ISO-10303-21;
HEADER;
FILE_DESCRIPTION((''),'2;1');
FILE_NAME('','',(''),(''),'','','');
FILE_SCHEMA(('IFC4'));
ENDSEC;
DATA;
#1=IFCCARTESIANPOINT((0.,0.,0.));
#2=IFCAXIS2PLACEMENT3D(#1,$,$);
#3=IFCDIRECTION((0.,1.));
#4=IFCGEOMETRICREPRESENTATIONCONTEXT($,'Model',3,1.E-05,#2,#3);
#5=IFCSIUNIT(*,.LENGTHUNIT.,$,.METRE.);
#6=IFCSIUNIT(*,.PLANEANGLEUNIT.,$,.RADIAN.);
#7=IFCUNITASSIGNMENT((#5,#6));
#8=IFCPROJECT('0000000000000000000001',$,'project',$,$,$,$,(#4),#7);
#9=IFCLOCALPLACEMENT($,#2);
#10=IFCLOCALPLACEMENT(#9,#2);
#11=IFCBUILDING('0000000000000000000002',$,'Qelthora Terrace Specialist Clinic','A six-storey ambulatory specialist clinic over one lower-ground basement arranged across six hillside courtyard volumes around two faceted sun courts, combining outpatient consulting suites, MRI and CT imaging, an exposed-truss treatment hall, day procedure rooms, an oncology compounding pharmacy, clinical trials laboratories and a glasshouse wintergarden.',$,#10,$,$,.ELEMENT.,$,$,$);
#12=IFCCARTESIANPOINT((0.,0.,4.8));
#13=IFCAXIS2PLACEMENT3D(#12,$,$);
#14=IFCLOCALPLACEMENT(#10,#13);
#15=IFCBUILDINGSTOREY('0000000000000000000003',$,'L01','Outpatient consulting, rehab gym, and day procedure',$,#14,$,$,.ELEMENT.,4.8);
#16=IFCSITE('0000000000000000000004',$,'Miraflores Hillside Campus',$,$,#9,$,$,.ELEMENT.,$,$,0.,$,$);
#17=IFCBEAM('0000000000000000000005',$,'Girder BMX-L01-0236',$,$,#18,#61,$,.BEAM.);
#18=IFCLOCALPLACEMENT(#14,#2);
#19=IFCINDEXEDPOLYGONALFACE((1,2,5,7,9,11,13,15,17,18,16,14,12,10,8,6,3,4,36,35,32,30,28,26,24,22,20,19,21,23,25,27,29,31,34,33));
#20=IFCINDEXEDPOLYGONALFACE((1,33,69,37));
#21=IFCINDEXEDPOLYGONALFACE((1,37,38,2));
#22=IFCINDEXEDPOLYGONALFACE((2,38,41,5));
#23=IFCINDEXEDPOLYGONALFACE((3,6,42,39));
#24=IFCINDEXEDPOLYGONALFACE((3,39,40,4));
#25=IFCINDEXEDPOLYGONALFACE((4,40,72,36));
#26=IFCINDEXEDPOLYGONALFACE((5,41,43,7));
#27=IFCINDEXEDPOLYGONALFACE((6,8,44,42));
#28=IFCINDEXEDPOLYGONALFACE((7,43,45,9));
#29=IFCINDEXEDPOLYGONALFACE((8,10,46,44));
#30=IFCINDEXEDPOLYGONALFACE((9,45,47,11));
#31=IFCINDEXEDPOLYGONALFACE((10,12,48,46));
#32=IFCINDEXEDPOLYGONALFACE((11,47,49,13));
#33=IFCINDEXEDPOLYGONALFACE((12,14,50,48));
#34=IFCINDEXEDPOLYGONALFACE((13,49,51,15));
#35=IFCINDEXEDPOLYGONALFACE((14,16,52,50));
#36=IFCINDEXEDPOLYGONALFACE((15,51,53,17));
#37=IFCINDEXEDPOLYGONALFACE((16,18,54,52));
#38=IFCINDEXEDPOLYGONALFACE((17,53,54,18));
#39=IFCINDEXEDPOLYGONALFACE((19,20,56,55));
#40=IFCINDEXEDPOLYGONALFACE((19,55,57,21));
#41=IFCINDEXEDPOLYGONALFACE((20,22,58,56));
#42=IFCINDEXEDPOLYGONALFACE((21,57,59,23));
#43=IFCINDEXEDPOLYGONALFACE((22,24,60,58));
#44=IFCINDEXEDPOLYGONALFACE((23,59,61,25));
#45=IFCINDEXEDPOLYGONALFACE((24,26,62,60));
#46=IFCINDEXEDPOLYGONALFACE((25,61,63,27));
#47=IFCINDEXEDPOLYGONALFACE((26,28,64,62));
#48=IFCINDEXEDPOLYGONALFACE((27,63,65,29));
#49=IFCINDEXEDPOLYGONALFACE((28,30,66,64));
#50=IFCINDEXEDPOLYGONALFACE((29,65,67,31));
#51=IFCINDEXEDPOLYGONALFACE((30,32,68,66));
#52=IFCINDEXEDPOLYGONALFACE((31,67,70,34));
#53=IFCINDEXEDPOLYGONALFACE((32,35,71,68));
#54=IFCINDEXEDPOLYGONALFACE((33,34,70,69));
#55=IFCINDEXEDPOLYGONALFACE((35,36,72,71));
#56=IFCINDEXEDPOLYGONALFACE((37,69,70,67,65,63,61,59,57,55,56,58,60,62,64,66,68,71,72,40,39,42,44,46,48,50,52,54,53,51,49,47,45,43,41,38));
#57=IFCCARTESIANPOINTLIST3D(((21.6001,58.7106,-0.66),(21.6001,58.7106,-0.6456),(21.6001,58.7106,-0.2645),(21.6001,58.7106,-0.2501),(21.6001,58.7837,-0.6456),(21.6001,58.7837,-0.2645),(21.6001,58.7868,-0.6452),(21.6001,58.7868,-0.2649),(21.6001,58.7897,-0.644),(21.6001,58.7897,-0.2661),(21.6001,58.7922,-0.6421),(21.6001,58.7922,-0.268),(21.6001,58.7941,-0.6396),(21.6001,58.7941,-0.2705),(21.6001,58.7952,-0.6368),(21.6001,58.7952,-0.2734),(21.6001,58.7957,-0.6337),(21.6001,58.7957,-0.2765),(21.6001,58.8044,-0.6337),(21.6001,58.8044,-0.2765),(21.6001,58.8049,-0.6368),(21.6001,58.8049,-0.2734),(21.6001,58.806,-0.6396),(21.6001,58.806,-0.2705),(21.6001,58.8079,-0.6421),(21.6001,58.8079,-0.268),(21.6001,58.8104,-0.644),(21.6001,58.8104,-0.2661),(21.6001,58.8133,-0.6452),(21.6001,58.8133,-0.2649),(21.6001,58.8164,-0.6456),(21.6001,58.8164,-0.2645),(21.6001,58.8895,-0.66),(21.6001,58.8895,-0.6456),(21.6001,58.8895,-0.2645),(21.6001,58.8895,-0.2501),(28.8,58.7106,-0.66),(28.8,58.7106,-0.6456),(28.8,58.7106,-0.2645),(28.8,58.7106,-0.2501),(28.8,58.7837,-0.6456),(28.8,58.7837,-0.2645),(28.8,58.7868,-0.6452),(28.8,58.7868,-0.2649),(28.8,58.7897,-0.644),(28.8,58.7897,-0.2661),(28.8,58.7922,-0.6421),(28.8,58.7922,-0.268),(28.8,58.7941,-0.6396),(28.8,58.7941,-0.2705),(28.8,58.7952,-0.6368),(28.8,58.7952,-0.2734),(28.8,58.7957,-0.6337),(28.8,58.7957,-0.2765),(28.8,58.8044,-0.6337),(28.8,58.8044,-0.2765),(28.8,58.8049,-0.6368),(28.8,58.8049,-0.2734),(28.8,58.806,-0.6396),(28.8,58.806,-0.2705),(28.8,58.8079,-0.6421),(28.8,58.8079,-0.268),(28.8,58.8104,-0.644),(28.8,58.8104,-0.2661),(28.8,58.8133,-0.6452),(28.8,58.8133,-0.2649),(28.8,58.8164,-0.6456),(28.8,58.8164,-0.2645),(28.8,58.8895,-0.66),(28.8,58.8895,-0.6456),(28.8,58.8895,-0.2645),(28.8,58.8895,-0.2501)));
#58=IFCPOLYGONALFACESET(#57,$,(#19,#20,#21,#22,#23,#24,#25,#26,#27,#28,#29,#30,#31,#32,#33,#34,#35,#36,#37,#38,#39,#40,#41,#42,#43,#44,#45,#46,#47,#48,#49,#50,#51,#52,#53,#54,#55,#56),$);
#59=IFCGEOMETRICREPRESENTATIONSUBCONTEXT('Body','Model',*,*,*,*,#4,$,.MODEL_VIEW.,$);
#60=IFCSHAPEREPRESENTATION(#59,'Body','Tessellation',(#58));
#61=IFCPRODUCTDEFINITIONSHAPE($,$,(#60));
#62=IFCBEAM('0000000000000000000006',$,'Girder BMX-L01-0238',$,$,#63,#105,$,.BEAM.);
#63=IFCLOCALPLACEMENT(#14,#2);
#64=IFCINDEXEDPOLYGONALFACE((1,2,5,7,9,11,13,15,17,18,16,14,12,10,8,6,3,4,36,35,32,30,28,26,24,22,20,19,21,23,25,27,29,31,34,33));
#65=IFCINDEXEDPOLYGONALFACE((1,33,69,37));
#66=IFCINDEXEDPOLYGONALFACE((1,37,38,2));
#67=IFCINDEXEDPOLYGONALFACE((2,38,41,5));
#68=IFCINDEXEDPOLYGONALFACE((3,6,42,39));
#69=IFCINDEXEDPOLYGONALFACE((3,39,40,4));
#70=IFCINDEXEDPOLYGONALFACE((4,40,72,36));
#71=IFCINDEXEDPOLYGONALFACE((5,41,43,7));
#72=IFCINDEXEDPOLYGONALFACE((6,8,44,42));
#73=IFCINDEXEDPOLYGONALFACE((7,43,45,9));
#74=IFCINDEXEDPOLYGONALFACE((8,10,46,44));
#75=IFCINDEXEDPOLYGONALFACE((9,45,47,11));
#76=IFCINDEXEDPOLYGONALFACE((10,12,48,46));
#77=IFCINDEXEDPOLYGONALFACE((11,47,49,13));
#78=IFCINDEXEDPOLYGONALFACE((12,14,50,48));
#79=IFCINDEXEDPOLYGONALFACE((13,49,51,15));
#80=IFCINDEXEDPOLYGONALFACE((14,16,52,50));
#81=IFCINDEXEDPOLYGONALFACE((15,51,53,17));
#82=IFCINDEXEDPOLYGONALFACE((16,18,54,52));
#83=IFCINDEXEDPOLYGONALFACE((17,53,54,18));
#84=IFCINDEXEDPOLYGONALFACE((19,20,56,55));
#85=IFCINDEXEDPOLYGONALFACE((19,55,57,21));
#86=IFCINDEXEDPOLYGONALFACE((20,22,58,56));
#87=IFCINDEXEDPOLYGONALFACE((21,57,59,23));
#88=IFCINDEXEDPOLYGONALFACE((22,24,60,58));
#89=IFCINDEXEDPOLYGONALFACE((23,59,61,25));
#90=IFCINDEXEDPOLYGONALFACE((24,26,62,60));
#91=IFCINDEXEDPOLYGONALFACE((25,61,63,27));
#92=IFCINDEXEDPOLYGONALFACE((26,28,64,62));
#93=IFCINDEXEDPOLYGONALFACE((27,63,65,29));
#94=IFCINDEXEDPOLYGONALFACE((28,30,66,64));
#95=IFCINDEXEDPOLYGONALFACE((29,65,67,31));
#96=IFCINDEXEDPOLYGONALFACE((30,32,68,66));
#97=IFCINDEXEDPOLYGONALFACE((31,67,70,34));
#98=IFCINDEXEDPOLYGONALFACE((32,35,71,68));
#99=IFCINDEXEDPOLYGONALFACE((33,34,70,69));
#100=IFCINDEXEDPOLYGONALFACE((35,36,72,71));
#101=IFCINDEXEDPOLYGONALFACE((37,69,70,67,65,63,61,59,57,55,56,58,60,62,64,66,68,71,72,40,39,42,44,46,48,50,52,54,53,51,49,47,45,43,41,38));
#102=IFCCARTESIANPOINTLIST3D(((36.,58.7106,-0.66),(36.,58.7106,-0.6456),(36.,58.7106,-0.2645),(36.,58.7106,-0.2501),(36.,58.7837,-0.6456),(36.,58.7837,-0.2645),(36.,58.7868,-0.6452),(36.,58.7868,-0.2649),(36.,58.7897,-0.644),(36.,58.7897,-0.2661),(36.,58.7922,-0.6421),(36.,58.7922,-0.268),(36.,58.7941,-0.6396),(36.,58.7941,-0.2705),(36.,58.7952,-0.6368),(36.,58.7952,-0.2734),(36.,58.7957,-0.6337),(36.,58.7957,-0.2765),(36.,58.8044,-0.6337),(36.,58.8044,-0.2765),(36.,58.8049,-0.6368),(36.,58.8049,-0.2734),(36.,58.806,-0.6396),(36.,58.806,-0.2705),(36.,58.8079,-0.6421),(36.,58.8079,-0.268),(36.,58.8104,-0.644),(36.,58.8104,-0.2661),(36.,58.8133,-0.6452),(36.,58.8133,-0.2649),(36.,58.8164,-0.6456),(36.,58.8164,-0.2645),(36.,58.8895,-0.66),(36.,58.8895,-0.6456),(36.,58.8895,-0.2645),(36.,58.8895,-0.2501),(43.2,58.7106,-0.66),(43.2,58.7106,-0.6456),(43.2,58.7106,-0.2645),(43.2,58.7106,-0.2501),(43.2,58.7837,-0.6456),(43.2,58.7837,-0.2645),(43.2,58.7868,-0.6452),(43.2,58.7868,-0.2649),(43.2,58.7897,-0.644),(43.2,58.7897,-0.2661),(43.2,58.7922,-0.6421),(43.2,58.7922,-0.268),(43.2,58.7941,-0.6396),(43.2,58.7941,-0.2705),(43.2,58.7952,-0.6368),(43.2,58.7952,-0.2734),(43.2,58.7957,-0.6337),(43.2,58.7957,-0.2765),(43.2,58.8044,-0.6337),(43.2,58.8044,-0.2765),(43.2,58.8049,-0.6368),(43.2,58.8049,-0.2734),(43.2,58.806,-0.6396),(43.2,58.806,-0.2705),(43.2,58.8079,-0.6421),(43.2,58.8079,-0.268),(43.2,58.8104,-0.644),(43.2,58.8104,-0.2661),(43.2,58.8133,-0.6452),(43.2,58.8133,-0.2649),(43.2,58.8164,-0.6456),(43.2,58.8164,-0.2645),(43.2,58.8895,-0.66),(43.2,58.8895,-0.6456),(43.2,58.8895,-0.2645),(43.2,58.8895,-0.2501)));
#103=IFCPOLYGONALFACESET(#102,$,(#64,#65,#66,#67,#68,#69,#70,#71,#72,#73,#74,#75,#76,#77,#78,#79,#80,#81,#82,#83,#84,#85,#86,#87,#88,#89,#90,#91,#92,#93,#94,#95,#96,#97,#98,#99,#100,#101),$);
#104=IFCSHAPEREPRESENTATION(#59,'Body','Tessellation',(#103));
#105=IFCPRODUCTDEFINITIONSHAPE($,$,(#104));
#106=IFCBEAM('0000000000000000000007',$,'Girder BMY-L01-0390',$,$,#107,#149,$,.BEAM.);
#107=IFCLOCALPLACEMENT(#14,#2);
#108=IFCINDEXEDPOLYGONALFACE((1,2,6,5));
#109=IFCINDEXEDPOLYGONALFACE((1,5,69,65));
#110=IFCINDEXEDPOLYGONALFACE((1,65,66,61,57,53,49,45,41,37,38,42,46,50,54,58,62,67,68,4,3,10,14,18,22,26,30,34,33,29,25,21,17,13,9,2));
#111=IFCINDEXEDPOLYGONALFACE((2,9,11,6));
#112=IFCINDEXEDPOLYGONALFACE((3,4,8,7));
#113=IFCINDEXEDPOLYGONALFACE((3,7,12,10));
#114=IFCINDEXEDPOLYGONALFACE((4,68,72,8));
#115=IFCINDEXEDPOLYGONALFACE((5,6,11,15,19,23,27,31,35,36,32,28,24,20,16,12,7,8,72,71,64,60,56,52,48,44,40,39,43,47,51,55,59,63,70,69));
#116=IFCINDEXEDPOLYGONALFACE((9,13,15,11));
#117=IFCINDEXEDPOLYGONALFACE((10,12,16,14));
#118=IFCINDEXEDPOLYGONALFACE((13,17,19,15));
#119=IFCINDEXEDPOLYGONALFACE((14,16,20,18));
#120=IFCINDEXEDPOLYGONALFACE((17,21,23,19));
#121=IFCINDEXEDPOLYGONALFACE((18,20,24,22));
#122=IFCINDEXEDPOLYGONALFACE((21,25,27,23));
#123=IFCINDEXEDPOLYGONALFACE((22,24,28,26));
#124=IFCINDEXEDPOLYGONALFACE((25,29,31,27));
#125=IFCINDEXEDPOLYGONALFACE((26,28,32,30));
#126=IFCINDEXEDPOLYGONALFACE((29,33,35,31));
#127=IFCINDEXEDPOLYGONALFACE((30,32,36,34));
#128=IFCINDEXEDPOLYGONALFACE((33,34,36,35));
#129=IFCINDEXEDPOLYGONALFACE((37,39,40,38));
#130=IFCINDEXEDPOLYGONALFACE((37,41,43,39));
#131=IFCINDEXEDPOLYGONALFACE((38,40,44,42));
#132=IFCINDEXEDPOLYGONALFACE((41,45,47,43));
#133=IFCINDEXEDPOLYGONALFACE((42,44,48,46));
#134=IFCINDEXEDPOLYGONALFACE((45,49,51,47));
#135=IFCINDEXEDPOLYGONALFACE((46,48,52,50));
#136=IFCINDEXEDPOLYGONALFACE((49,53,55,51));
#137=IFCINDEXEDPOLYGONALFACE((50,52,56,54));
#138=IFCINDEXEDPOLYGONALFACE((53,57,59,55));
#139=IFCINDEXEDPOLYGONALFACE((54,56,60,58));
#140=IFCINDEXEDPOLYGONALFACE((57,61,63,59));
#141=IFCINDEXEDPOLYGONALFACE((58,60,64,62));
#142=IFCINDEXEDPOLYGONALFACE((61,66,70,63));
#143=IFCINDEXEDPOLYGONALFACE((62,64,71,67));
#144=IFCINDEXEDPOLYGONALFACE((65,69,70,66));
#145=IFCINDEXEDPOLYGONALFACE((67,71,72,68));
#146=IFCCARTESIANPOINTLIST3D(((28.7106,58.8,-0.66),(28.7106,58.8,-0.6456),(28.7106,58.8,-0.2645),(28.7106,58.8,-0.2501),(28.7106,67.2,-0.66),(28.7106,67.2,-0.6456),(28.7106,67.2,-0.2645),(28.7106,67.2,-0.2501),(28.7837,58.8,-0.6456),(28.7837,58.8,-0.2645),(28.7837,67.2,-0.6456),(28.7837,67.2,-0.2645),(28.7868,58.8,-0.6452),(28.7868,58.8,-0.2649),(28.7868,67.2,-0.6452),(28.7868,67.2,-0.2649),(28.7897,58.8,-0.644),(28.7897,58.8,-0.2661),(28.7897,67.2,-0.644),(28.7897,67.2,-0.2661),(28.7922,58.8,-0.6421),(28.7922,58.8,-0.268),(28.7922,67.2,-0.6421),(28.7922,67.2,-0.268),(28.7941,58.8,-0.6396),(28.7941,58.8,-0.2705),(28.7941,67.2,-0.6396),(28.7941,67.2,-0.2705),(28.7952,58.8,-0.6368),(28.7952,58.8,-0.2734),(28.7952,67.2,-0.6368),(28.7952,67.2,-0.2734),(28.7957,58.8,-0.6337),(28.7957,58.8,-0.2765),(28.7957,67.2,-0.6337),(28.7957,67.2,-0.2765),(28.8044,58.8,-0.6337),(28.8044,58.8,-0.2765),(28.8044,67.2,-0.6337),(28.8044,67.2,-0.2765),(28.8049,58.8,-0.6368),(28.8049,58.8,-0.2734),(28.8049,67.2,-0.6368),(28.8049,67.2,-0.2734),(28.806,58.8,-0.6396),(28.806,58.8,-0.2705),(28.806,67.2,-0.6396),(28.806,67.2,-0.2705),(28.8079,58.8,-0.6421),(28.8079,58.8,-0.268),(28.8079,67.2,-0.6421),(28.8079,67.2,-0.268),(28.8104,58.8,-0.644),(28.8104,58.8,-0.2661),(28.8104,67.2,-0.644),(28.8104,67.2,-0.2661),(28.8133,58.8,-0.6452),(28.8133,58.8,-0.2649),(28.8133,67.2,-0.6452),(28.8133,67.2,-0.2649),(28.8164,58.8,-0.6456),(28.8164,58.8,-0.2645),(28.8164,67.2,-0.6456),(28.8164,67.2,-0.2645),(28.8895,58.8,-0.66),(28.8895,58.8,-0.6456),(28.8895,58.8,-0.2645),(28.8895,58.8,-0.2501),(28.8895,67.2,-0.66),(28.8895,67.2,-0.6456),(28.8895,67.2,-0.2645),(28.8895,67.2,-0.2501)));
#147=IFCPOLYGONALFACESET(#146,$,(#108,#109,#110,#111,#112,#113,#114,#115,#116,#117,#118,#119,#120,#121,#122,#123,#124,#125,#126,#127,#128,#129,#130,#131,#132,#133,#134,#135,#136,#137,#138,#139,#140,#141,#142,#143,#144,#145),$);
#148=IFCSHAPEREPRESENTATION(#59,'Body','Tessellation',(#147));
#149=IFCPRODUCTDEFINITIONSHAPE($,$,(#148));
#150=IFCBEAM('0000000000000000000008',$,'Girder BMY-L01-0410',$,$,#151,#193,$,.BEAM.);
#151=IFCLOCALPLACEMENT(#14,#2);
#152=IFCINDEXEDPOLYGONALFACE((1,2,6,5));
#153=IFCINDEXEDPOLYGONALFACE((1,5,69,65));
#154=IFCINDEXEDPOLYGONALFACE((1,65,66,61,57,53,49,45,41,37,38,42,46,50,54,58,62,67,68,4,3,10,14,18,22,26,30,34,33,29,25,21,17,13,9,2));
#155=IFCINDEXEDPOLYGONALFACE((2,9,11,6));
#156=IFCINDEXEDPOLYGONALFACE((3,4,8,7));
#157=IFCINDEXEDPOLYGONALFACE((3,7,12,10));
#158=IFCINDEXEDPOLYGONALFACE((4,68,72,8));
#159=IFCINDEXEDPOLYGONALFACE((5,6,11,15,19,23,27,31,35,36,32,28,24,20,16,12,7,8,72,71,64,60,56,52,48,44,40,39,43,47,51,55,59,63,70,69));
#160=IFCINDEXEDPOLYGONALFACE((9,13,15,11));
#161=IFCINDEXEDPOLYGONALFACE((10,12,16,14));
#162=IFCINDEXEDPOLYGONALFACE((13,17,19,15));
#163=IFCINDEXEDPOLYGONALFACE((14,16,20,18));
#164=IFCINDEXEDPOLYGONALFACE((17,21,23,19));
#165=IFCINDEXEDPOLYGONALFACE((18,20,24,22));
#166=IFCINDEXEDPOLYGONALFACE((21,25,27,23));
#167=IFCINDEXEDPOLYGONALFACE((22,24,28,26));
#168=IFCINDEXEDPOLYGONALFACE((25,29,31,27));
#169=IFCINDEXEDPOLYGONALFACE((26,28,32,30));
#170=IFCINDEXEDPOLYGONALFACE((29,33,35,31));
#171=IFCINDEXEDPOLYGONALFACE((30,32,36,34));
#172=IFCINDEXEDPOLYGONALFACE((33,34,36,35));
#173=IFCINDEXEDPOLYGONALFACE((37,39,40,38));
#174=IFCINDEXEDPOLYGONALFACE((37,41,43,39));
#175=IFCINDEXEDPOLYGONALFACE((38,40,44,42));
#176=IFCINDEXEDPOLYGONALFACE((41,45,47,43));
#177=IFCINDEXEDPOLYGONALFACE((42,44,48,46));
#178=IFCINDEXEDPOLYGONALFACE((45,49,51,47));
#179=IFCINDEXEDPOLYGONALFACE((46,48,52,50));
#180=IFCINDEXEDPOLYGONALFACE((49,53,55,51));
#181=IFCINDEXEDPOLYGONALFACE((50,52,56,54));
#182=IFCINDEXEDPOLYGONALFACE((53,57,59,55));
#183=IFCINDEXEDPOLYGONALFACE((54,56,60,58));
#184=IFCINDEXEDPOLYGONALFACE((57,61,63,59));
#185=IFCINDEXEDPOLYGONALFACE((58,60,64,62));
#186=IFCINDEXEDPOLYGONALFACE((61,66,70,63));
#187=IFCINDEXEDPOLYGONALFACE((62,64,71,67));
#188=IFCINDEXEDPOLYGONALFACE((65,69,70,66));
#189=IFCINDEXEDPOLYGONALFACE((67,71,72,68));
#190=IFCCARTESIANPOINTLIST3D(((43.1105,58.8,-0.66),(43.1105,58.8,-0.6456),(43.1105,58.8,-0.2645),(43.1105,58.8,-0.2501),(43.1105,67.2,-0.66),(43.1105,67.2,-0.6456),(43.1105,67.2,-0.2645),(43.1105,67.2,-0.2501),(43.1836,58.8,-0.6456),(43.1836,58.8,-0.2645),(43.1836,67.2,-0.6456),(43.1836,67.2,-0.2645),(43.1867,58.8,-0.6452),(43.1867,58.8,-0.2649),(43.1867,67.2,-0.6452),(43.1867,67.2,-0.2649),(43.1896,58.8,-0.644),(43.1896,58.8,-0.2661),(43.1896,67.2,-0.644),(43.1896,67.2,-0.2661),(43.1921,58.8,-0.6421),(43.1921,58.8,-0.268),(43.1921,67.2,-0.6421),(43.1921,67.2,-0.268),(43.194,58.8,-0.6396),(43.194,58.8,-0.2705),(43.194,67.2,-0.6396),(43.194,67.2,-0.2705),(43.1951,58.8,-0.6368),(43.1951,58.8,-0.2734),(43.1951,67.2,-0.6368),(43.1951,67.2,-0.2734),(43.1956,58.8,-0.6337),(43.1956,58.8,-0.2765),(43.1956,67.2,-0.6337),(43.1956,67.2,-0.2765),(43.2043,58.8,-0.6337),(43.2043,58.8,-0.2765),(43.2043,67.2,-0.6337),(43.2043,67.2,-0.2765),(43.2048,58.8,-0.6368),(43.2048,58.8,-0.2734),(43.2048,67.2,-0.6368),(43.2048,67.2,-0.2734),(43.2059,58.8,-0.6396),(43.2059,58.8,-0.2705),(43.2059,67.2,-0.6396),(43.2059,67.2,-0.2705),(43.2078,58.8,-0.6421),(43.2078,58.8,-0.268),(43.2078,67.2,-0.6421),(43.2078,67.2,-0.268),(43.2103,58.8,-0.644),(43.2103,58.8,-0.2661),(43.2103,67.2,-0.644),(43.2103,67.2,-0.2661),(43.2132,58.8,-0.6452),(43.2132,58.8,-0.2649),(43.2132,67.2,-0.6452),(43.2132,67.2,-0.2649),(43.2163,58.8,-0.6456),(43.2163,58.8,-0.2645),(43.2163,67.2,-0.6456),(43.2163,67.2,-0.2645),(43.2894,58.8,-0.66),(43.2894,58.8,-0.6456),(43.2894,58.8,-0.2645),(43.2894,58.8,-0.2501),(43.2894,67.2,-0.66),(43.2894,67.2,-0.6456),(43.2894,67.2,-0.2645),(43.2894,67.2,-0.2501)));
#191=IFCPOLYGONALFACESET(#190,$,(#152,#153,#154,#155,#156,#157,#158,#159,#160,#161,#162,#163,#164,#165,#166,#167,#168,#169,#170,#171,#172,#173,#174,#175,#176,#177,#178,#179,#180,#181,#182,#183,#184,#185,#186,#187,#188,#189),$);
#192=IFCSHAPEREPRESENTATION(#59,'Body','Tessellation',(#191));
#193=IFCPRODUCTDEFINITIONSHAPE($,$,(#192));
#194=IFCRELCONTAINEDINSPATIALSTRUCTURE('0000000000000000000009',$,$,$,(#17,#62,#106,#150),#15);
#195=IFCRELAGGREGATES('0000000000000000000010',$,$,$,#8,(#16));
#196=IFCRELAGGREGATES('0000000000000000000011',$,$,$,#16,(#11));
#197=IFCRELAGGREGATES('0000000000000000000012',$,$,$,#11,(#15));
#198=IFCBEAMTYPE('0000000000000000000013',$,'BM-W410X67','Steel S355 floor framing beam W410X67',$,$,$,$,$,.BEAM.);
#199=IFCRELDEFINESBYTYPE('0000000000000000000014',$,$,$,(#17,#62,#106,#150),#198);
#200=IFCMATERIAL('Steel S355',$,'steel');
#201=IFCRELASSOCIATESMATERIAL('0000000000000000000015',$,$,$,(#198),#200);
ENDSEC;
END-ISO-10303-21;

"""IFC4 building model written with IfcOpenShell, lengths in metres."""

from ifc_helpers import new_model, si_unit, direction, frame, origin, origin_2d, place, context, subcontext, project, spatial, i_section, extrude, material, material_profile, profile_set, type_object, element, save


model = new_model("IFC4")

# Units and contexts
model_context = context("Model", 3, precision=1e-05, world=origin(), true_north=direction((0.0, 1.0)))
body_context = subcontext(model_context, "Body", "Model", "MODEL_VIEW")
ifc_project = project(units=[si_unit("LENGTHUNIT", "METRE"), si_unit("PLANEANGLEUNIT", "RADIAN")], contexts=[model_context])

# Site, building, storey
site_placement = place(None, origin())
site = spatial("IfcSite", under=ifc_project, at=site_placement, Name="Miraflores Hillside Campus", CompositionType="ELEMENT", RefElevation=0.0)
building_placement = place(site_placement, origin())
building = spatial("IfcBuilding", under=site, at=building_placement, Name="Qelthora Terrace Specialist Clinic", Description="A six-storey ambulatory specialist clinic over one lower-ground basement arranged across six hillside courtyard volumes around two faceted sun courts, combining outpatient consulting suites, MRI and CT imaging, an exposed-truss treatment hall, day procedure rooms, an oncology compounding pharmacy, clinical trials laboratories and a glasshouse wintergarden.", CompositionType="ELEMENT")
storey_placement = place(building_placement, frame((0.0, 0.0, 4.8)))
storey = spatial("IfcBuildingStorey", under=building, at=storey_placement, Name="L01", Description="Outpatient consulting, rehab gym, and day procedure", CompositionType="ELEMENT", Elevation=4.8)

# Shared definitions
ifc_material_1 = material(Name="Steel S355", Category="steel")

# Beams
ifc_material_profile_1 = material_profile(ifc_material_1, i_section(OverallWidth=0.179, OverallDepth=0.4099, WebThickness=0.0088, FlangeThickness=0.0144, FilletRadius=0.012, at=origin_2d()), Name="W410X67")
ifc_profile_set_1 = profile_set([ifc_material_profile_1], Name="Steel S355")
beam_type_1 = type_object("IfcBeamType", Name="BM-W410X67", Description="Steel S355 floor framing beam W410X67", PredefinedType="BEAM", material=ifc_profile_set_1)
for number, where, z_axis, x_axis, name in (
    (1, (21.6001, 58.8, -0.4551), (1.0, 0.0, 0.0), (0.0, 1.0, 0.0), "Girder BMX-L01-0236"),
    (2, (36.0, 58.8, -0.4551), (1.0, 0.0, 0.0), (0.0, 1.0, 0.0), "Girder BMX-L01-0238"),
):
    element("IfcBeam", number, at=place(storey_placement, frame(where, z_axis=z_axis, x_axis=x_axis)), inside=storey, type_object=beam_type_1, Name=name, PredefinedType="BEAM", context=body_context, shape_type="SweptSolid", body=[
        extrude(i_section(OverallWidth=0.179, OverallDepth=0.4099, WebThickness=0.0088, FlangeThickness=0.0144, FilletRadius=0.012, at=origin_2d()), origin(), (0.0, 0.0, 1.0), 7.2),
    ])
for number, where, z_axis, x_axis, name in (
    (3, (28.8, 58.8, -0.4551), (0.0, 1.0, 0.0), (-1.0, 0.0, 0.0), "Girder BMY-L01-0390"),
    (4, (43.2, 58.8, -0.4551), (0.0, 1.0, 0.0), (-1.0, 0.0, 0.0), "Girder BMY-L01-0410"),
):
    element("IfcBeam", number, at=place(storey_placement, frame(where, z_axis=z_axis, x_axis=x_axis)), inside=storey, type_object=beam_type_1, Name=name, PredefinedType="BEAM", context=body_context, shape_type="SweptSolid", body=[
        extrude(i_section(OverallWidth=0.179, OverallDepth=0.4099, WebThickness=0.0088, FlangeThickness=0.0144, FilletRadius=0.012, at=origin_2d()), origin(), (0.0, 0.0, 1.0), 8.3999),
    ])

save(model, "model.ifc")
